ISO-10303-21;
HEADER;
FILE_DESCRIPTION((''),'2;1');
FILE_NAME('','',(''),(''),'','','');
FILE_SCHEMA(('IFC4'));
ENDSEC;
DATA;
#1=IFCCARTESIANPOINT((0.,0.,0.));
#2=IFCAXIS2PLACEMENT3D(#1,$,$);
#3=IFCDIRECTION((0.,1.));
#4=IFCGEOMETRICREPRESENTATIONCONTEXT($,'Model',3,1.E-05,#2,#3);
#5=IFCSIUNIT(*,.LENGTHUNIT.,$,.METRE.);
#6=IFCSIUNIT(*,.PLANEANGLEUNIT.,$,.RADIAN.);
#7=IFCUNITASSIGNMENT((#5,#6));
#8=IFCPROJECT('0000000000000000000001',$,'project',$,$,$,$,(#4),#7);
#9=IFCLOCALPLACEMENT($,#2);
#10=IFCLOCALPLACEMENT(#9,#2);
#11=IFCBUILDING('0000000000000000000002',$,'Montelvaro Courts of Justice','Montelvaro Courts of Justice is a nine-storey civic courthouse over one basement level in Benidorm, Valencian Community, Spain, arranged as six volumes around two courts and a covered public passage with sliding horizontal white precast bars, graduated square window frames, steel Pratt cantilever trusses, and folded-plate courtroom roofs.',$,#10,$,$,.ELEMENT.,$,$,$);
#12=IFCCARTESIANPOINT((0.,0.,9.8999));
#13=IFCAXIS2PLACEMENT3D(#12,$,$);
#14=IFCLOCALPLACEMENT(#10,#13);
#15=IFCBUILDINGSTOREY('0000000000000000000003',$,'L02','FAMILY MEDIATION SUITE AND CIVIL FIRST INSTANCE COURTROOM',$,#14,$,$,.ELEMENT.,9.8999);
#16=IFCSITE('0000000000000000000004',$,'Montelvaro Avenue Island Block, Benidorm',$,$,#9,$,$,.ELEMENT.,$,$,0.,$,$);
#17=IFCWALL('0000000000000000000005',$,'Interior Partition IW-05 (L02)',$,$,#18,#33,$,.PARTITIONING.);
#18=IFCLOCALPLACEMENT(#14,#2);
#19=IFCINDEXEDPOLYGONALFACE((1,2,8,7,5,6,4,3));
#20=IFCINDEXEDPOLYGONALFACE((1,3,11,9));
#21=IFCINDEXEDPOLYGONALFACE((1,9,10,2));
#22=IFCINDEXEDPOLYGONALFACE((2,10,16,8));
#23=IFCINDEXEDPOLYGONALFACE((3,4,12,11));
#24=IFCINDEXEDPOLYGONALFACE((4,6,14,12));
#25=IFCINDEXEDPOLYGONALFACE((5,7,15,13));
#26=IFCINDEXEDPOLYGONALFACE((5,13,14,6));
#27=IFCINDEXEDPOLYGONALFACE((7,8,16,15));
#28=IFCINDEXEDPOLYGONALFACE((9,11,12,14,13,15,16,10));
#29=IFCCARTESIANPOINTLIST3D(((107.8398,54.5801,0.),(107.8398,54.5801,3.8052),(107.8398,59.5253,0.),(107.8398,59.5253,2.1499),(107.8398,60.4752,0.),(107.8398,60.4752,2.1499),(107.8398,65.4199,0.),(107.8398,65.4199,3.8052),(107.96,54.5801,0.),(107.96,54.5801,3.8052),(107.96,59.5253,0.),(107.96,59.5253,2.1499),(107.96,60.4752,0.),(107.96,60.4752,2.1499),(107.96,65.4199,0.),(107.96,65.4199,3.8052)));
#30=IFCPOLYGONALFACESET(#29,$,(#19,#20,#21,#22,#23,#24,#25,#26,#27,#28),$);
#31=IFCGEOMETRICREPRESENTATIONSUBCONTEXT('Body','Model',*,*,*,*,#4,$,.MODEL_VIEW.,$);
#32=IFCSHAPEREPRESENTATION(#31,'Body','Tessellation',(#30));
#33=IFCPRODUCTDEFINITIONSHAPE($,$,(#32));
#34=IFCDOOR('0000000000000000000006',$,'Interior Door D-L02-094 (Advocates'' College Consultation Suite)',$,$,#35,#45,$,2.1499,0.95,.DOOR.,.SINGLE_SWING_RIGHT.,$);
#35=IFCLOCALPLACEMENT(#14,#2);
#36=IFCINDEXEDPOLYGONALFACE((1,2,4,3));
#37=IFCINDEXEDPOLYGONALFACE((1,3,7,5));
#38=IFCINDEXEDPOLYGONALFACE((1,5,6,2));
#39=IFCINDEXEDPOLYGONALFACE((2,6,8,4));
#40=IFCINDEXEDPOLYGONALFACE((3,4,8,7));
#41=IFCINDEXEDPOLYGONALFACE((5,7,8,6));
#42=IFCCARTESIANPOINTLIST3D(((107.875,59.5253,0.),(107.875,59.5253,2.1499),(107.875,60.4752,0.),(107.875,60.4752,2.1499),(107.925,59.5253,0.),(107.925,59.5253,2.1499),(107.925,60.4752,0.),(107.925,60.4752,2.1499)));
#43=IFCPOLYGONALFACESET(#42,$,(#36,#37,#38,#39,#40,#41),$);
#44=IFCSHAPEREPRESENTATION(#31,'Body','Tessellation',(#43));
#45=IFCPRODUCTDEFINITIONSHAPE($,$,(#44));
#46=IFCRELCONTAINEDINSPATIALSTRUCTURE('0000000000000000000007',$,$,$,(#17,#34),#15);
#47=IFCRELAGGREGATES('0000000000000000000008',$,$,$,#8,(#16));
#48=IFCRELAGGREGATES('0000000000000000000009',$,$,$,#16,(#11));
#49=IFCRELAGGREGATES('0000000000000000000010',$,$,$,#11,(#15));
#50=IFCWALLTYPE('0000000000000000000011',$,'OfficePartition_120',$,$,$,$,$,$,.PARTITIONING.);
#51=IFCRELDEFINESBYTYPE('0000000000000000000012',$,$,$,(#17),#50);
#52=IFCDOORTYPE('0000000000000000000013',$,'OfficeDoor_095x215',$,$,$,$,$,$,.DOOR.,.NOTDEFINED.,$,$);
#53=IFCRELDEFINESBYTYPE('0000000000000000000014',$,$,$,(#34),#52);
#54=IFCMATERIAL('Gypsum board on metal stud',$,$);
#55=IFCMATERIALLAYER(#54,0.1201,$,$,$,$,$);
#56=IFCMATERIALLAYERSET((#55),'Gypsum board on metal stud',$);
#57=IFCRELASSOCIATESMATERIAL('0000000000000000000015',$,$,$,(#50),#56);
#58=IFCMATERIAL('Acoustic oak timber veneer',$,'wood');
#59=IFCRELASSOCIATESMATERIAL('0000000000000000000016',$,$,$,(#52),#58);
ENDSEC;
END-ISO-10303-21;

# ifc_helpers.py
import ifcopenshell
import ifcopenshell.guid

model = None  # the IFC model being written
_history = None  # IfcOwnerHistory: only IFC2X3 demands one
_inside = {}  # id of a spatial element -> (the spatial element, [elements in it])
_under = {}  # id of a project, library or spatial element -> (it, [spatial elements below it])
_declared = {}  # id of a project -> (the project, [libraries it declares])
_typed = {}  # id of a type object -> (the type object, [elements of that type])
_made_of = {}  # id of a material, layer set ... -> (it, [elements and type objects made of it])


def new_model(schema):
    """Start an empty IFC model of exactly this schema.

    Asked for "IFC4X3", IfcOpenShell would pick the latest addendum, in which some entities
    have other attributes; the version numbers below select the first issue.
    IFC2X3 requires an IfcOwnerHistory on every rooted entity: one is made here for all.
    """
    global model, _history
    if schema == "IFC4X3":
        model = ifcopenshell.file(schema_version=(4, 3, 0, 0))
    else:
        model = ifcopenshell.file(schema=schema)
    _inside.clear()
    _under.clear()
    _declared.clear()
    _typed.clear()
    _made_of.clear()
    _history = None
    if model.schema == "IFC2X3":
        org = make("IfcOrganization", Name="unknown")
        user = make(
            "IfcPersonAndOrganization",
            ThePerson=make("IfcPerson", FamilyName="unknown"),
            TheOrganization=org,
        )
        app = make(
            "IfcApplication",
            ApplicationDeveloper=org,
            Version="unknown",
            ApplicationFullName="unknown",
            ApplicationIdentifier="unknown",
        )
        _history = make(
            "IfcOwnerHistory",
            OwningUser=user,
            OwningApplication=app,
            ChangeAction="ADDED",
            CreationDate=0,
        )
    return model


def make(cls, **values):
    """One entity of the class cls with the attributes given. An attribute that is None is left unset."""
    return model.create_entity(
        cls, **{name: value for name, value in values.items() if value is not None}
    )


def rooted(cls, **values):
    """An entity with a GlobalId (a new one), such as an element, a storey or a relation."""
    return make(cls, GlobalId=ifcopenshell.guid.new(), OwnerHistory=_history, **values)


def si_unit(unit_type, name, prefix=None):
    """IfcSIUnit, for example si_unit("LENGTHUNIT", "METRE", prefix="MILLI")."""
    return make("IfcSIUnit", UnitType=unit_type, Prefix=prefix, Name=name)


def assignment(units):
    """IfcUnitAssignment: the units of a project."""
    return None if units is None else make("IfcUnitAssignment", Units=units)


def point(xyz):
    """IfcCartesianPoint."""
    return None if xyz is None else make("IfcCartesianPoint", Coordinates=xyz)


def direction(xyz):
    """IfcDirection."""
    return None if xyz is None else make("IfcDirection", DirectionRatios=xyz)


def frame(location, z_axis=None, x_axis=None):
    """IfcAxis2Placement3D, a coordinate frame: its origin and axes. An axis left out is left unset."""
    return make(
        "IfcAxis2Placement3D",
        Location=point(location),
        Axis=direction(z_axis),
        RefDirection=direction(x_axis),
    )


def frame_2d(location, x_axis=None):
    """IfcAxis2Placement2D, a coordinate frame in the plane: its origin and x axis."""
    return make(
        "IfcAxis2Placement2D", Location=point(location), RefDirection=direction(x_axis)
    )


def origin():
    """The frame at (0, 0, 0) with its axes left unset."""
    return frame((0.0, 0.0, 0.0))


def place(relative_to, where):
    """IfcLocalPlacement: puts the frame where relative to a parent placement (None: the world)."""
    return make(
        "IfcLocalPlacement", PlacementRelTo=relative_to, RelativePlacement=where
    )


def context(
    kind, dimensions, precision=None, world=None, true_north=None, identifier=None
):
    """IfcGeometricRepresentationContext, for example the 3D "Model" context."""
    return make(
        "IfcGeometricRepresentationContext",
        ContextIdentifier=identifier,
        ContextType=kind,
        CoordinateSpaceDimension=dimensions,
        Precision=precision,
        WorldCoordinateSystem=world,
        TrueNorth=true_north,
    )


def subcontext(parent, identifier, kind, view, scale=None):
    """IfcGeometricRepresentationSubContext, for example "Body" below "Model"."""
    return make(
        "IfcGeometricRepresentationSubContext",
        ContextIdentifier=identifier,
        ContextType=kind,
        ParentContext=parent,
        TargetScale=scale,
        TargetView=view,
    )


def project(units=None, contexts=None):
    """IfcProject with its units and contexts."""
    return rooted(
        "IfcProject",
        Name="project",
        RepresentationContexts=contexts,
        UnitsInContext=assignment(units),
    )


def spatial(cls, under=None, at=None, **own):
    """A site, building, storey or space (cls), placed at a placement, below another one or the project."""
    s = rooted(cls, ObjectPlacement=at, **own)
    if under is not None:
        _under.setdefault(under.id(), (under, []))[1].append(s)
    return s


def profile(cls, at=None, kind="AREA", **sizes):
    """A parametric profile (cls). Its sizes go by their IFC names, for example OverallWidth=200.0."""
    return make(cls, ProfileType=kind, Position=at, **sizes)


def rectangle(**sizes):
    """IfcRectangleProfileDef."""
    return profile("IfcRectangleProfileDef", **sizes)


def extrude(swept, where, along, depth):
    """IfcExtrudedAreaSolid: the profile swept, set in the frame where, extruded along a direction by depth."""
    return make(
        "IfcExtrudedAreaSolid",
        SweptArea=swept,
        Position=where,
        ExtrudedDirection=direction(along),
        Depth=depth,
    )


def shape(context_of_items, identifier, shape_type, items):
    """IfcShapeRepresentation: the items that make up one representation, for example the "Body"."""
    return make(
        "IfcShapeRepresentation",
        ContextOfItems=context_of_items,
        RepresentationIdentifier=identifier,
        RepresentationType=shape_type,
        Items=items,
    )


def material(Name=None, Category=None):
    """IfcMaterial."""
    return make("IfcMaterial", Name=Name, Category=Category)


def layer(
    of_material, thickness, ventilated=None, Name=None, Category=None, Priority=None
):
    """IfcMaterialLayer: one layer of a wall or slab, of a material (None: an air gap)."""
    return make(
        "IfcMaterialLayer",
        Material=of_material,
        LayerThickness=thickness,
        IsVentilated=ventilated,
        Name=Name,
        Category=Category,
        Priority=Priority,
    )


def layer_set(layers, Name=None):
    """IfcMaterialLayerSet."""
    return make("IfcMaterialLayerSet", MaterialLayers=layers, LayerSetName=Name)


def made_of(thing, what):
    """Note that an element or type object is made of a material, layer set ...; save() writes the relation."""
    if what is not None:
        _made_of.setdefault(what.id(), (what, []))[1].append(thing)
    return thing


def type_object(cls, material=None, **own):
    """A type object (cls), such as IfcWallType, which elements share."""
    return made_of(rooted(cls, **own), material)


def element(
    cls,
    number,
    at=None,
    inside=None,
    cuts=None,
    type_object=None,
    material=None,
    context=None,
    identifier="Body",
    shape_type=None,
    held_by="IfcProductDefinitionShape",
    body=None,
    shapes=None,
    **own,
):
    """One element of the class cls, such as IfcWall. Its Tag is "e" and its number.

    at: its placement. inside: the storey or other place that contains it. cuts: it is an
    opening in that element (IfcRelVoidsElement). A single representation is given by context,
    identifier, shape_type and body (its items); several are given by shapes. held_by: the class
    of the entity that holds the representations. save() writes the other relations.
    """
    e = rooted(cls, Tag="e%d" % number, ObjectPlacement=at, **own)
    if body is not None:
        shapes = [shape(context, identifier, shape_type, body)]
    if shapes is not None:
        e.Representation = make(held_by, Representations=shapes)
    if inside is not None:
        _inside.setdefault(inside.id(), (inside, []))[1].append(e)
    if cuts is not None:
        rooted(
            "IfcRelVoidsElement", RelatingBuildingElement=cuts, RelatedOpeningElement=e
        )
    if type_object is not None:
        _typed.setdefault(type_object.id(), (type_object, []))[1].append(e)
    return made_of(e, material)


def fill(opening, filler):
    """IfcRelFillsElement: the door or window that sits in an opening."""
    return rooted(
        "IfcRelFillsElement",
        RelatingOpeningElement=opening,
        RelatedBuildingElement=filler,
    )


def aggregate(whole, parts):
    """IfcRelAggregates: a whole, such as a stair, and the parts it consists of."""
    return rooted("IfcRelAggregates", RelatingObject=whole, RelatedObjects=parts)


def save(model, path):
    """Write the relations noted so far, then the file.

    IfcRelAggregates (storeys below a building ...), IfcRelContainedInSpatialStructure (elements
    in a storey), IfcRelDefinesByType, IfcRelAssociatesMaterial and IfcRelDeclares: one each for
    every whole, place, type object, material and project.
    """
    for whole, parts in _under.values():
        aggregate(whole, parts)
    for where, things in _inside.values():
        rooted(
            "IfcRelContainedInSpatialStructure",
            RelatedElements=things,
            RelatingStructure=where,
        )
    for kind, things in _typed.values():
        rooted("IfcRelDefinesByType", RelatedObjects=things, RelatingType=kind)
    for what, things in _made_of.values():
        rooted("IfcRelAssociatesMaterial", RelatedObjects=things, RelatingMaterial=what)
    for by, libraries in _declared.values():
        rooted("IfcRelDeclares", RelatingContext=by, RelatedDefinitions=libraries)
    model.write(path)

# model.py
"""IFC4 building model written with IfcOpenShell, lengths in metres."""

from ifc_helpers import new_model, si_unit, direction, frame, frame_2d, origin, place, context, subcontext, project, spatial, rectangle, extrude, material, layer, layer_set, type_object, element, fill, save


model = new_model("IFC4")

# Units and contexts
model_context = context("Model", 3, precision=1e-05, world=origin(), true_north=direction((0.0, 1.0)))
body_context = subcontext(model_context, "Body", "Model", "MODEL_VIEW")
ifc_project = project(units=[si_unit("LENGTHUNIT", "METRE"), si_unit("PLANEANGLEUNIT", "RADIAN")], contexts=[model_context])

# Site, building, storey
site_placement = place(None, origin())
site = spatial("IfcSite", under=ifc_project, at=site_placement, Name="Montelvaro Avenue Island Block, Benidorm", CompositionType="ELEMENT", RefElevation=0.0)
building_placement = place(site_placement, origin())
building = spatial("IfcBuilding", under=site, at=building_placement, Name="Montelvaro Courts of Justice", Description="Montelvaro Courts of Justice is a nine-storey civic courthouse over one basement level in Benidorm, Valencian Community, Spain, arranged as six volumes around two courts and a covered public passage with sliding horizontal white precast bars, graduated square window frames, steel Pratt cantilever trusses, and folded-plate courtroom roofs.", CompositionType="ELEMENT")
storey_placement = place(building_placement, frame((0.0, 0.0, 9.8999)))
storey = spatial("IfcBuildingStorey", under=building, at=storey_placement, Name="L02", Description="FAMILY MEDIATION SUITE AND CIVIL FIRST INSTANCE COURTROOM", CompositionType="ELEMENT", Elevation=9.8999)

# Wall, opening, door
ifc_material_1 = material(Name="Gypsum board on metal stud")
ifc_layer_1 = layer(ifc_material_1, 0.1201)
ifc_layer_set_1 = layer_set([ifc_layer_1], Name="Gypsum board on metal stud")
wall_type = type_object("IfcWallType", Name="OfficePartition_120", PredefinedType="PARTITIONING", material=ifc_layer_set_1)
wall_placement = place(storey_placement, frame((107.8999, 54.5801, 0.0), z_axis=(0.0, 0.0, 1.0), x_axis=(0.0, 1.0, 0.0)))
wall = element("IfcWall", 1, at=wall_placement, inside=storey, type_object=wall_type, Name="Interior Partition IW-05 (L02)", PredefinedType="PARTITIONING", context=body_context, shape_type="SweptSolid", body=[
    extrude(rectangle(XDim=10.8398, YDim=0.1201, at=frame_2d((5.4199, 0.0))), origin(), (0.0, 0.0, 1.0), 3.8052),
])
opening_placement = place(wall_placement, frame((4.9451, 0.0, 0.0)))
opening = element("IfcOpeningElement", 2, at=opening_placement, cuts=wall, PredefinedType="OPENING", context=body_context, shape_type="SweptSolid", body=[
    extrude(rectangle(XDim=0.95, YDim=2.1499, at=frame_2d((0.4751, 1.075))), frame((0.0, 0.075, 0.0), z_axis=(0.0, -1.0, 0.0), x_axis=(1.0, 0.0, 0.0)), (0.0, 0.0, 1.0), 0.1499),
])
ifc_material_2 = material(Name="Acoustic oak timber veneer", Category="wood")
door_type = type_object("IfcDoorType", Name="OfficeDoor_095x215", OperationType="NOTDEFINED", PredefinedType="DOOR", material=ifc_material_2)
door_placement = place(opening_placement, origin())
door = element("IfcDoor", 3, at=door_placement, inside=storey, type_object=door_type, Name="Interior Door D-L02-094 (Advocates' College Consultation Suite)", OperationType="SINGLE_SWING_RIGHT", OverallHeight=2.1499, OverallWidth=0.95, PredefinedType="DOOR", context=body_context, shape_type="SweptSolid", body=[
    extrude(rectangle(XDim=0.95, YDim=2.1499, at=frame_2d((0.4751, 1.075))), frame((0.0, 0.0249, 0.0), z_axis=(0.0, -1.0, 0.0), x_axis=(1.0, 0.0, 0.0)), (0.0, 0.0, 1.0), 0.05),
])
fill(opening, door)

save(model, "model.ifc")
